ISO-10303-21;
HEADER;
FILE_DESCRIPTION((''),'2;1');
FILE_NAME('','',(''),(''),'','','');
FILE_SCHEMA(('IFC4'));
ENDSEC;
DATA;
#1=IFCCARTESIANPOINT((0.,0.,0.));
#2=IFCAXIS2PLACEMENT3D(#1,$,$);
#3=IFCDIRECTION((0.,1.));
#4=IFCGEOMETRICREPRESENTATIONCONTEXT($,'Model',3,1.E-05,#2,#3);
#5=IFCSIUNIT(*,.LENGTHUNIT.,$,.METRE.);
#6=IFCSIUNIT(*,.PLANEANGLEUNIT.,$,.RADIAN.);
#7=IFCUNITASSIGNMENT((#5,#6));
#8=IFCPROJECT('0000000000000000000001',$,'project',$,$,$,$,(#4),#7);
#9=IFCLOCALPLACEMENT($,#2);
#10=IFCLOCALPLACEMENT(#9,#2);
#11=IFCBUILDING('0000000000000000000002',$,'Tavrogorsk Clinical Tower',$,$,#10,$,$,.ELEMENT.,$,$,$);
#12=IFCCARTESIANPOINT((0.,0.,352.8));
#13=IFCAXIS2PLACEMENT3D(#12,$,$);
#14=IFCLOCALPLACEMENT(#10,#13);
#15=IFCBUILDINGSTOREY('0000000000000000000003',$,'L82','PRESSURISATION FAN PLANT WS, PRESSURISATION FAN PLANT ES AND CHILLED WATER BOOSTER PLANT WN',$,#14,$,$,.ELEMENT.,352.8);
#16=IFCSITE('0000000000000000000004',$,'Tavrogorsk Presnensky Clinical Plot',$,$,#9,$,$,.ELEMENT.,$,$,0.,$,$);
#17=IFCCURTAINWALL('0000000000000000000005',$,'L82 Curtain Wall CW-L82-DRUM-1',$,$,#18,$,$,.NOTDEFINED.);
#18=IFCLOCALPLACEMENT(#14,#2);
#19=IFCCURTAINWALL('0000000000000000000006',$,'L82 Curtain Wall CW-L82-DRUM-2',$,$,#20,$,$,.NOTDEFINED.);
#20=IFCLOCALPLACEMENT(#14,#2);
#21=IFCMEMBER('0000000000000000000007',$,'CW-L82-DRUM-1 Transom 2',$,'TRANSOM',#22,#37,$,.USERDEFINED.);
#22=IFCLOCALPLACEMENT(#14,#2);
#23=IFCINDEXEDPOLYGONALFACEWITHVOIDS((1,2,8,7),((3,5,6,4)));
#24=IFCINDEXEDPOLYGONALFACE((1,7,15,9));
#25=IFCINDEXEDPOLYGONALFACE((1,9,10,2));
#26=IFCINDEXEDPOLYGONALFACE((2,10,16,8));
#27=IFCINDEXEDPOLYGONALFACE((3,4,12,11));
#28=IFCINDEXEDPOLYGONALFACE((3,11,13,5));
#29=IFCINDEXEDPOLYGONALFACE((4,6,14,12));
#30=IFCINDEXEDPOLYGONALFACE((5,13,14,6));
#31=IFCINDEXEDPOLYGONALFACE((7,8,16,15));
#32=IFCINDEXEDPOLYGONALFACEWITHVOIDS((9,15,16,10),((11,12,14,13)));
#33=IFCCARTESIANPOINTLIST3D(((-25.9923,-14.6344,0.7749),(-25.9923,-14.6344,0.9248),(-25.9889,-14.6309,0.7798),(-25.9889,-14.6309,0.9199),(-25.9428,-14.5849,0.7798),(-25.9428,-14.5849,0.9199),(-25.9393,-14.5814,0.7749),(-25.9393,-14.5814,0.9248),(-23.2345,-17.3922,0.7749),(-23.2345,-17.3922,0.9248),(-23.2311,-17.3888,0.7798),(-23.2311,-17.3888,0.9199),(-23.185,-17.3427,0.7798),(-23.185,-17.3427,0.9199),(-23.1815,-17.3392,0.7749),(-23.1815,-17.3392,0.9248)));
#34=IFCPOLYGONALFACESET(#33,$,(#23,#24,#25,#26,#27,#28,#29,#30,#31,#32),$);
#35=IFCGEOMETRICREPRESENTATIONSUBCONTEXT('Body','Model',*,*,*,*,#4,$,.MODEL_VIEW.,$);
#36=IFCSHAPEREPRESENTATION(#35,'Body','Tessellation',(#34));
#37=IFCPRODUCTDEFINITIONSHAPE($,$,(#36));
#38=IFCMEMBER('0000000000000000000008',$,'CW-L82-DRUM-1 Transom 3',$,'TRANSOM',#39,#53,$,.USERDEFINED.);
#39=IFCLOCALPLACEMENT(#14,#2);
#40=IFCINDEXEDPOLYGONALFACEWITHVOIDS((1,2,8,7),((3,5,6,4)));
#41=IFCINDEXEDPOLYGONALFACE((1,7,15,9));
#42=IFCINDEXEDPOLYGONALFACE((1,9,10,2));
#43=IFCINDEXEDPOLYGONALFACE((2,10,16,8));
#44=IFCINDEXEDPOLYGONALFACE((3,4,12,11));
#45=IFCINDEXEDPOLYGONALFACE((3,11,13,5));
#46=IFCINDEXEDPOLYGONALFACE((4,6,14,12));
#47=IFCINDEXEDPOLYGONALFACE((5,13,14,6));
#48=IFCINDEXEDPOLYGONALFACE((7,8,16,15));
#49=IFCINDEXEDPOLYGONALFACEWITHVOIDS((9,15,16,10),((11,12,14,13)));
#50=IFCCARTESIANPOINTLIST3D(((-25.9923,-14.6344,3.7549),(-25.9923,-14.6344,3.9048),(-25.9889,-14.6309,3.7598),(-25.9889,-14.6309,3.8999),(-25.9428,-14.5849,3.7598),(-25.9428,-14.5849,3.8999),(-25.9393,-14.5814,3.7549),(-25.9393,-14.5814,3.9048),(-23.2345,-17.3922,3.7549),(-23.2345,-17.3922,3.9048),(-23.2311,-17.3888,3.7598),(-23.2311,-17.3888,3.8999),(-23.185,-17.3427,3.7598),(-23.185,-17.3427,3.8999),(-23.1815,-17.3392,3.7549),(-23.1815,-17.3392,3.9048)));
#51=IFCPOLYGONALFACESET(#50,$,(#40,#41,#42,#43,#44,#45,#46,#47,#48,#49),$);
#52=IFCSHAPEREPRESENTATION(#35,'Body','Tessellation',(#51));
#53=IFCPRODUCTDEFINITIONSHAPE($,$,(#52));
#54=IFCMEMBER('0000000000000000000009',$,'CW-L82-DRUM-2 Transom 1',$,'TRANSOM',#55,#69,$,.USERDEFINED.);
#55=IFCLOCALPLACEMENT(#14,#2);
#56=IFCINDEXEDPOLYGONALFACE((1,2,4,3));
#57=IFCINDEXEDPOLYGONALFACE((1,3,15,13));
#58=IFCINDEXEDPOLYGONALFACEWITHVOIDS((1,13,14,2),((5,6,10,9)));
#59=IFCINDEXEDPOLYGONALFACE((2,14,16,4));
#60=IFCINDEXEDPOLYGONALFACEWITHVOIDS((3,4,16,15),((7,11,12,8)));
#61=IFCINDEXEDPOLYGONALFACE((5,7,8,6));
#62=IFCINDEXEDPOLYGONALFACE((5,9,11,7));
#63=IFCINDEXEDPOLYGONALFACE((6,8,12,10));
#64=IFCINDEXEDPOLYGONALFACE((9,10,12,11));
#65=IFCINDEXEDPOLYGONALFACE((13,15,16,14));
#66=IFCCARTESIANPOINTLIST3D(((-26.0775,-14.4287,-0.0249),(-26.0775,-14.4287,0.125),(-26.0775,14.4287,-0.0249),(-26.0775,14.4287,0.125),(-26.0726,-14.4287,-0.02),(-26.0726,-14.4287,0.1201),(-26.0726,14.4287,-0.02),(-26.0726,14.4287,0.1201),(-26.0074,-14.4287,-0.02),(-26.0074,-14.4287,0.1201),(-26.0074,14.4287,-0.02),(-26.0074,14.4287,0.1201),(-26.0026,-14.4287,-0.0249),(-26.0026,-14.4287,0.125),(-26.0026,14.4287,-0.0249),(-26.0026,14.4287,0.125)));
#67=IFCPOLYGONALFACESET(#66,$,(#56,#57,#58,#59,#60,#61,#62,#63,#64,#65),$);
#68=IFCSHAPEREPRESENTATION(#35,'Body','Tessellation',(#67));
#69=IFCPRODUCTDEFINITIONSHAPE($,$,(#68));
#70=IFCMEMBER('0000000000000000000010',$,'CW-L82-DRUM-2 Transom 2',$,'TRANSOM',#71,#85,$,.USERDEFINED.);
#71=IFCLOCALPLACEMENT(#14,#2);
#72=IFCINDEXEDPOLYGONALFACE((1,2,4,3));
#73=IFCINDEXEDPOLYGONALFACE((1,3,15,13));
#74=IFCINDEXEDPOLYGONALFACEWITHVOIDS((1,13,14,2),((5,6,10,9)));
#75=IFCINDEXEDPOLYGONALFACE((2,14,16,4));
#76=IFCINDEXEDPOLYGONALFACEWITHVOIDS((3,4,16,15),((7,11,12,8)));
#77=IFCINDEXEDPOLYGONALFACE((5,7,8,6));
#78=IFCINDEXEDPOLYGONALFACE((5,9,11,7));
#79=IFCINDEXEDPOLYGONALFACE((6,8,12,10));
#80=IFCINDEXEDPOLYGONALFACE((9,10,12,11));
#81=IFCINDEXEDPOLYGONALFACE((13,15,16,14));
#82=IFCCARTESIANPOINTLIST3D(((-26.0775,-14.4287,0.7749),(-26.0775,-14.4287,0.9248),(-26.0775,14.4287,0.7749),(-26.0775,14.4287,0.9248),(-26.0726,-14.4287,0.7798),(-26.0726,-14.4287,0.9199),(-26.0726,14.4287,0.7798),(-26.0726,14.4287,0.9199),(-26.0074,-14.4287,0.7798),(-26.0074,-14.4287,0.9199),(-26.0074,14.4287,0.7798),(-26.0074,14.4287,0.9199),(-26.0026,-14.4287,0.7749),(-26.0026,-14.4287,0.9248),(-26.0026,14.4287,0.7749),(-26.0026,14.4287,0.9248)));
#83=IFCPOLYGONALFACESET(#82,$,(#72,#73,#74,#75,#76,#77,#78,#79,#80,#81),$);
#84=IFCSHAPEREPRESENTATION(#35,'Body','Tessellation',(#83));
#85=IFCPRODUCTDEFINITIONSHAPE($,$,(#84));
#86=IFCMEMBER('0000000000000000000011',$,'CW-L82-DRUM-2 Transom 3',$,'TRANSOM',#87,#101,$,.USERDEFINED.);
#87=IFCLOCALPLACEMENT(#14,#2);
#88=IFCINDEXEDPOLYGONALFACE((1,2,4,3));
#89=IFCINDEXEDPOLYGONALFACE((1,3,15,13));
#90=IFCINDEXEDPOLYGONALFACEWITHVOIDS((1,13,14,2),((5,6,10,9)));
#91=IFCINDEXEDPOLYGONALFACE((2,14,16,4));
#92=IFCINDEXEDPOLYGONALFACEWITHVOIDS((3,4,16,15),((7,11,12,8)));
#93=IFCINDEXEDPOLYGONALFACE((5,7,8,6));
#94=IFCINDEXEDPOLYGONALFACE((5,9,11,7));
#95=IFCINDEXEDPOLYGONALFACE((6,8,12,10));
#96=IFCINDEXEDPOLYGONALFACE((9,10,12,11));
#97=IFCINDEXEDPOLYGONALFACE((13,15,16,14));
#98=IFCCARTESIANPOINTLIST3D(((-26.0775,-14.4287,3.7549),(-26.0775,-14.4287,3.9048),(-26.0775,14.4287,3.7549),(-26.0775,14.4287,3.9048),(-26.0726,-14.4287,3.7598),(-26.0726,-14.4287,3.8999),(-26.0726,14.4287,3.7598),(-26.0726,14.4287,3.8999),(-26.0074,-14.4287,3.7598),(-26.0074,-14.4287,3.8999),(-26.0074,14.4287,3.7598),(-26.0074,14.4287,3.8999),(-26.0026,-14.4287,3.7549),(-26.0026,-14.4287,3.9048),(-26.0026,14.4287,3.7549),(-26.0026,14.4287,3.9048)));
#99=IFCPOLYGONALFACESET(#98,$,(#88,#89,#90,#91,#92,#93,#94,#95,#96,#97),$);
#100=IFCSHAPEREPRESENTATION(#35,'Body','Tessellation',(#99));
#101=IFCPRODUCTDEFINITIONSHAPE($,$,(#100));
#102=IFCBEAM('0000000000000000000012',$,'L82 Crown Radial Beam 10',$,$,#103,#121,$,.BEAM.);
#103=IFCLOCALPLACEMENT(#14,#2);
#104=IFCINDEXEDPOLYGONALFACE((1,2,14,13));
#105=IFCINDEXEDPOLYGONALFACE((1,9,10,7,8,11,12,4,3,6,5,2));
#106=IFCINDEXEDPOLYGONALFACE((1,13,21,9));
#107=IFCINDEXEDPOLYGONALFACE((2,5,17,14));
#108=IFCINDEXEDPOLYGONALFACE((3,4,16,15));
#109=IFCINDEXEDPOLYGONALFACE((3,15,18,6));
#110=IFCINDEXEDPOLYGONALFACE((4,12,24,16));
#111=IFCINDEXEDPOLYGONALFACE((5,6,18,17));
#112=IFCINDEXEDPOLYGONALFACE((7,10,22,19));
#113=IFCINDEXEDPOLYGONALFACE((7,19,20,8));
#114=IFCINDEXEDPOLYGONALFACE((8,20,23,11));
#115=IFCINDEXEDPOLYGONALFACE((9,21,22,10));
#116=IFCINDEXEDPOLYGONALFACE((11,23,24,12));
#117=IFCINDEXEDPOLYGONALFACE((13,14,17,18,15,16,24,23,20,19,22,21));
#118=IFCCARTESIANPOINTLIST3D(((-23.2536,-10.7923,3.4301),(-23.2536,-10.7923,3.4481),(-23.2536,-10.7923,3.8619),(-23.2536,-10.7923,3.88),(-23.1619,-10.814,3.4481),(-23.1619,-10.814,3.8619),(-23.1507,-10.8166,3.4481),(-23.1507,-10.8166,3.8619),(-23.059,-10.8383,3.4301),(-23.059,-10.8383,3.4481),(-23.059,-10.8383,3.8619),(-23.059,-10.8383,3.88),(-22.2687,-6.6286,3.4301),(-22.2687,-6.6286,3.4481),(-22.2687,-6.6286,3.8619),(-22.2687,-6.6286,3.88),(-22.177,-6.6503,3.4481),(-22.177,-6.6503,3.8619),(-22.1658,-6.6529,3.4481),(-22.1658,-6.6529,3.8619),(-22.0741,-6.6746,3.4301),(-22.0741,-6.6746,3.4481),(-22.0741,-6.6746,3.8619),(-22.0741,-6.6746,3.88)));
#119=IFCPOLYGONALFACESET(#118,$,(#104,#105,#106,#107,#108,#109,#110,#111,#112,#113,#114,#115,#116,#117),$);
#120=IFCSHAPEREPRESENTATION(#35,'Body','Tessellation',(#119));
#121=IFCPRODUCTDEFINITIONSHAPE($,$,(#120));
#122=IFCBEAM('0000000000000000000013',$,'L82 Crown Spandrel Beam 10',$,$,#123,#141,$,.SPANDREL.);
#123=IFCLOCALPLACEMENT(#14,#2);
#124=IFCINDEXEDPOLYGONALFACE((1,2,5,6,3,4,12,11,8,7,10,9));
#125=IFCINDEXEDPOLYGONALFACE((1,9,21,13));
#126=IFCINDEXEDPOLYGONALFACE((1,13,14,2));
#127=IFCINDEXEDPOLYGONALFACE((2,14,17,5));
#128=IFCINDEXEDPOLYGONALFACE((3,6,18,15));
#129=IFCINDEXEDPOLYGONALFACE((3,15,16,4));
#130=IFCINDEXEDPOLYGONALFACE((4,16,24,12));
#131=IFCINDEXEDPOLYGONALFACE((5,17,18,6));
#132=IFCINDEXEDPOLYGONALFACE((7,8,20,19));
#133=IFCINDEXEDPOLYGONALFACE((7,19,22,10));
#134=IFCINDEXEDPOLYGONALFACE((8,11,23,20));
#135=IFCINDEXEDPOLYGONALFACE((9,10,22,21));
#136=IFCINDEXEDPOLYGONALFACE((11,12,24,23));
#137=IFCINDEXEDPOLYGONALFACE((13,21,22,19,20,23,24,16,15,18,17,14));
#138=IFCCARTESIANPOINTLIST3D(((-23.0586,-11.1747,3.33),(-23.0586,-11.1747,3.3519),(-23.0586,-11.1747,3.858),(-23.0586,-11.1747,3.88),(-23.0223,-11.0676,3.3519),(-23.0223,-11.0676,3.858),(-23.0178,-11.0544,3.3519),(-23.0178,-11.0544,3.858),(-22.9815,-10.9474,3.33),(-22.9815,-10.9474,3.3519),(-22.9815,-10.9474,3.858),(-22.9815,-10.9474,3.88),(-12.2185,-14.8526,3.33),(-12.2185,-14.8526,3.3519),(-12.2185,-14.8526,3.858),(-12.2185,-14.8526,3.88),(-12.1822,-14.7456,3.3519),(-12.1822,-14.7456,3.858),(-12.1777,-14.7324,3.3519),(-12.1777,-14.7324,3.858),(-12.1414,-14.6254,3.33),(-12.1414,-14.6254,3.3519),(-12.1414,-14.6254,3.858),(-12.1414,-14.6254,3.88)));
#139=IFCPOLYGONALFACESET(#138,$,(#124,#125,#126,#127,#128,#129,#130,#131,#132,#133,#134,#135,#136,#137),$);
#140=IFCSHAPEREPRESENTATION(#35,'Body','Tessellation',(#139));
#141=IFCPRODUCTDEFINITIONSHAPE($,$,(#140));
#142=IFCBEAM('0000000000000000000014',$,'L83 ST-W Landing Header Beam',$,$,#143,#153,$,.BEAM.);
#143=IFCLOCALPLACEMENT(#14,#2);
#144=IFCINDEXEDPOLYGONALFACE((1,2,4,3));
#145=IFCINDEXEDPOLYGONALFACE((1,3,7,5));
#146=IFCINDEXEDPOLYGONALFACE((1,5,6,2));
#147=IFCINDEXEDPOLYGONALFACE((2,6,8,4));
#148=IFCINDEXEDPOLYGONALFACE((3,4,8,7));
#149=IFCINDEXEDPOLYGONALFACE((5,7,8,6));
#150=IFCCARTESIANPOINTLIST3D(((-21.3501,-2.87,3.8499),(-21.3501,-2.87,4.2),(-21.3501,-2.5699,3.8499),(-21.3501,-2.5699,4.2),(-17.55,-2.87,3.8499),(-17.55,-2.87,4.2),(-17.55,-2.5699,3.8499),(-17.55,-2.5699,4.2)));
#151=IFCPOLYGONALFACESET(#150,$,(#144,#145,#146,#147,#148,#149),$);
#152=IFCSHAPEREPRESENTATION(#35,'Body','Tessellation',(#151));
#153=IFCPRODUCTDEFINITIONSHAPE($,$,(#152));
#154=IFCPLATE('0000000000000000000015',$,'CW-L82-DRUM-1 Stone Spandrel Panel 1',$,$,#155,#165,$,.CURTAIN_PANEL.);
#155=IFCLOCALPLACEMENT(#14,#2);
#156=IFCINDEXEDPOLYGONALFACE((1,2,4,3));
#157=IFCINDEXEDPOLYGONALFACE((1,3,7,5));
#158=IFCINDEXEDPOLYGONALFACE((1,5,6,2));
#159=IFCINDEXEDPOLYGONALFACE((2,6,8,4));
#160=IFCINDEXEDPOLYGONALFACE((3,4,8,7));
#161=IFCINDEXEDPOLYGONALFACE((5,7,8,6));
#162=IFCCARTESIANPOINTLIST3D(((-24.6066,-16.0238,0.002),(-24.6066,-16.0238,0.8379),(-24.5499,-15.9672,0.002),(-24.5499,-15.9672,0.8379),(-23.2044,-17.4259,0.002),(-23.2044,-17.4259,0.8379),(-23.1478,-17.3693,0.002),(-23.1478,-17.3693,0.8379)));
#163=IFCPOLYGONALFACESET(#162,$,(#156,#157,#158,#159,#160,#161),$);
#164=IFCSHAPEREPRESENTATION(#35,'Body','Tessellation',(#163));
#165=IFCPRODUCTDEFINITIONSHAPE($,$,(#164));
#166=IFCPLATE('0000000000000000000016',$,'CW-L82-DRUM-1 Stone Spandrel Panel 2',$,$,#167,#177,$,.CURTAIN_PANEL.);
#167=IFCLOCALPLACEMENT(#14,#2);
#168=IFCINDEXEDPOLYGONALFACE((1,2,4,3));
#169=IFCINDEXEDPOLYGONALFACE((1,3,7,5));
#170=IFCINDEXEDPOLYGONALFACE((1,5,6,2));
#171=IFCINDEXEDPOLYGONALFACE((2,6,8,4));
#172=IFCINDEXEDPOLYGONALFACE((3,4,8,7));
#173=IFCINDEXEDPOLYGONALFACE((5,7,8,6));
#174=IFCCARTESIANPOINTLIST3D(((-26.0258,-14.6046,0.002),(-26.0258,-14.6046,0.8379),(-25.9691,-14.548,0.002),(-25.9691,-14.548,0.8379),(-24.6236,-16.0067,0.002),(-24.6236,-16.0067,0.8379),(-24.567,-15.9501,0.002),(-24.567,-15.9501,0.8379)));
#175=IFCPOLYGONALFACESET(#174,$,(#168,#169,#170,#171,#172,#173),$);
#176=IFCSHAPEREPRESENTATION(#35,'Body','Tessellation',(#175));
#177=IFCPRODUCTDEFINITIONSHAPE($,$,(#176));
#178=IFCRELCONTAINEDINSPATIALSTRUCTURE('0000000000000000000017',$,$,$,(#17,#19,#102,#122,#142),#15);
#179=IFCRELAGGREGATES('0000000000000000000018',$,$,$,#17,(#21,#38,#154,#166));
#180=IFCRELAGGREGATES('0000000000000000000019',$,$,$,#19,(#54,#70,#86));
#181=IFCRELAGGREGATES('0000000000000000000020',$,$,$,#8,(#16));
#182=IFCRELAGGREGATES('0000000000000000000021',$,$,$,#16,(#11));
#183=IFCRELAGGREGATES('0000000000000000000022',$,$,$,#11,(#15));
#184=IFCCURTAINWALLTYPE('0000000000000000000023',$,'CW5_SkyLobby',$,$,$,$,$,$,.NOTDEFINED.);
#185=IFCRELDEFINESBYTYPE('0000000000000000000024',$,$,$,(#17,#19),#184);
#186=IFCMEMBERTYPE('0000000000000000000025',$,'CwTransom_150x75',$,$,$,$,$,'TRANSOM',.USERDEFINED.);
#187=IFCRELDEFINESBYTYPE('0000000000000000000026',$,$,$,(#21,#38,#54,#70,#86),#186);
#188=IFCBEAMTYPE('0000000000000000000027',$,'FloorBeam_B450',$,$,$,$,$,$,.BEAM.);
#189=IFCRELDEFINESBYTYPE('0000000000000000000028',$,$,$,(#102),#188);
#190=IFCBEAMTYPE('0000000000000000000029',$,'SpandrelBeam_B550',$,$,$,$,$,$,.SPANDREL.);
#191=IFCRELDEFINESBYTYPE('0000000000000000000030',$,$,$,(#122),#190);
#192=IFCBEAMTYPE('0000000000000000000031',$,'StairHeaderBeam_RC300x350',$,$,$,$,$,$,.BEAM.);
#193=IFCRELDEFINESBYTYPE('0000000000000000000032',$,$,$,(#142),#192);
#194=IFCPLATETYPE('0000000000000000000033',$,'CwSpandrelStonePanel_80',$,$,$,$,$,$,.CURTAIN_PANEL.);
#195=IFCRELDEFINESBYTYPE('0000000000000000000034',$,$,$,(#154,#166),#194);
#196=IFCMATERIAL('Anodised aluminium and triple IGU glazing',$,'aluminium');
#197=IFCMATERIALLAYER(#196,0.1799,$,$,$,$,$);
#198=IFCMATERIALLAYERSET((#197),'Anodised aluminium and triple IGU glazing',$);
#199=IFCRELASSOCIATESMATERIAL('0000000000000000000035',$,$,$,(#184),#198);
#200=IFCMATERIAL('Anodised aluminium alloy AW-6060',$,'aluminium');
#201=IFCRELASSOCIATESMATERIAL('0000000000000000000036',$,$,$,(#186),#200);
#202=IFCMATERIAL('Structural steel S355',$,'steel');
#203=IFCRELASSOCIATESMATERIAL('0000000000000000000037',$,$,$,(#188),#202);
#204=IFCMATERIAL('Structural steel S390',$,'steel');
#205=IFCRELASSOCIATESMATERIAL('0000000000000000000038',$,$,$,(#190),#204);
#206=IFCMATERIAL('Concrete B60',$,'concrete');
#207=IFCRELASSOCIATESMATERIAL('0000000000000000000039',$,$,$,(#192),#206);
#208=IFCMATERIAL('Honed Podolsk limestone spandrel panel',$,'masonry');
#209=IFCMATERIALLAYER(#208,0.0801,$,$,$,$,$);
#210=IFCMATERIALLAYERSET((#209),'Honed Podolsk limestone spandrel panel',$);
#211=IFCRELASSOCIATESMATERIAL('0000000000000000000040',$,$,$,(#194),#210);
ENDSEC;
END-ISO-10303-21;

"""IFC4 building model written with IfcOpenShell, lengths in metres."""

from ifc_helpers import new_model, si_unit, direction, frame, origin, origin_2d, place, context, subcontext, project, spatial, rectangle, hollow_rectangle, i_section, extrude, material, layer, layer_set, material_profile, profile_set, type_object, element, aggregate, save


model = new_model("IFC4")

# Units and contexts
model_context = context("Model", 3, precision=1e-05, world=origin(), true_north=direction((0.0, 1.0)))
body_context = subcontext(model_context, "Body", "Model", "MODEL_VIEW")
ifc_project = project(units=[si_unit("LENGTHUNIT", "METRE"), si_unit("PLANEANGLEUNIT", "RADIAN")], contexts=[model_context])

# Site, building, storey
site_placement = place(None, origin())
site = spatial("IfcSite", under=ifc_project, at=site_placement, Name="Tavrogorsk Presnensky Clinical Plot", CompositionType="ELEMENT", RefElevation=0.0)
building_placement = place(site_placement, origin())
building = spatial("IfcBuilding", under=site, at=building_placement, Name="Tavrogorsk Clinical Tower", CompositionType="ELEMENT")
storey_placement = place(building_placement, frame((0.0, 0.0, 352.8)))
storey = spatial("IfcBuildingStorey", under=building, at=storey_placement, Name="L82", Description="PRESSURISATION FAN PLANT WS, PRESSURISATION FAN PLANT ES AND CHILLED WATER BOOSTER PLANT WN", CompositionType="ELEMENT", Elevation=352.8)

# Curtain walls
ifc_material_1 = material(Name="Anodised aluminium and triple IGU glazing", Category="aluminium")
ifc_layer_1 = layer(ifc_material_1, 0.1799)
ifc_layer_set_1 = layer_set([ifc_layer_1], Name="Anodised aluminium and triple IGU glazing")
curtain_wall_type = type_object("IfcCurtainWallType", Name="CW5_SkyLobby", PredefinedType="NOTDEFINED", material=ifc_layer_set_1)
curtain_wall_1_placement = place(storey_placement, origin())
curtain_wall_1 = element("IfcCurtainWall", 1, at=curtain_wall_1_placement, inside=storey, type_object=curtain_wall_type, Name="L82 Curtain Wall CW-L82-DRUM-1", PredefinedType="NOTDEFINED")
curtain_wall_2_placement = place(storey_placement, origin())
curtain_wall_2 = element("IfcCurtainWall", 2, at=curtain_wall_2_placement, inside=storey, type_object=curtain_wall_type, Name="L82 Curtain Wall CW-L82-DRUM-2", PredefinedType="NOTDEFINED")

# Members
ifc_material_2 = material(Name="Anodised aluminium alloy AW-6060", Category="aluminium")
ifc_material_profile_1 = material_profile(ifc_material_2, hollow_rectangle(XDim=0.075, YDim=0.1499, WallThickness=0.0049, at=origin_2d()), Name="RHS-150x75x5")
ifc_profile_set_1 = profile_set([ifc_material_profile_1], Name="Anodised aluminium alloy AW-6060")
member_type_1 = type_object("IfcMemberType", Name="CwTransom_150x75", ElementType="TRANSOM", PredefinedType="USERDEFINED", material=ifc_profile_set_1)
member_1_placement = place(storey_placement, frame((-23.208, -17.3657, 0.8499), z_axis=(-0.707107, 0.707107, 0.0), x_axis=(-0.707107, -0.707107, 0.0)))
member_1 = element("IfcMember", 3, at=member_1_placement, type_object=member_type_1, Name="CW-L82-DRUM-1 Transom 2", ObjectType="TRANSOM", PredefinedType="USERDEFINED", context=body_context, shape_type="SweptSolid", body=[
    extrude(hollow_rectangle(XDim=0.075, YDim=0.1499, WallThickness=0.0049, at=origin_2d()), origin(), (0.0, 0.0, 1.0), 3.9001),
])
member_2_placement = place(storey_placement, frame((-23.208, -17.3657, 3.8298), z_axis=(-0.707107, 0.707107, 0.0), x_axis=(-0.707107, -0.707107, 0.0)))
member_2 = element("IfcMember", 4, at=member_2_placement, type_object=member_type_1, Name="CW-L82-DRUM-1 Transom 3", ObjectType="TRANSOM", PredefinedType="USERDEFINED", context=body_context, shape_type="SweptSolid", body=[
    extrude(hollow_rectangle(XDim=0.075, YDim=0.1499, WallThickness=0.0049, at=origin_2d()), origin(), (0.0, 0.0, 1.0), 3.9001),
])
member_3_placement = place(storey_placement, frame((-26.04, -14.4287, 0.05), z_axis=(0.0, 1.0, 0.0), x_axis=(-1.0, 0.0, 0.0)))
member_3 = element("IfcMember", 5, at=member_3_placement, type_object=member_type_1, Name="CW-L82-DRUM-2 Transom 1", ObjectType="TRANSOM", PredefinedType="USERDEFINED", context=body_context, shape_type="SweptSolid", body=[
    extrude(hollow_rectangle(XDim=0.075, YDim=0.1499, WallThickness=0.0049, at=origin_2d()), origin(), (0.0, 0.0, 1.0), 28.8574),
])
member_4_placement = place(storey_placement, frame((-26.04, -14.4287, 0.8499), z_axis=(0.0, 1.0, 0.0), x_axis=(-1.0, 0.0, 0.0)))
member_4 = element("IfcMember", 6, at=member_4_placement, type_object=member_type_1, Name="CW-L82-DRUM-2 Transom 2", ObjectType="TRANSOM", PredefinedType="USERDEFINED", context=body_context, shape_type="SweptSolid", body=[
    extrude(hollow_rectangle(XDim=0.075, YDim=0.1499, WallThickness=0.0049, at=origin_2d()), origin(), (0.0, 0.0, 1.0), 28.8574),
])
member_5_placement = place(storey_placement, frame((-26.04, -14.4287, 3.8298), z_axis=(0.0, 1.0, 0.0), x_axis=(-1.0, 0.0, 0.0)))
member_5 = element("IfcMember", 7, at=member_5_placement, type_object=member_type_1, Name="CW-L82-DRUM-2 Transom 3", ObjectType="TRANSOM", PredefinedType="USERDEFINED", context=body_context, shape_type="SweptSolid", body=[
    extrude(hollow_rectangle(XDim=0.075, YDim=0.1499, WallThickness=0.0049, at=origin_2d()), origin(), (0.0, 0.0, 1.0), 28.8574),
])

# Beams
ifc_material_3 = material(Name="Structural steel S355", Category="steel")
ifc_material_profile_2 = material_profile(ifc_material_3, i_section(OverallWidth=0.2, OverallDepth=0.45, WebThickness=0.0115, FlangeThickness=0.0181, at=origin_2d()), Name="B-450x200x11.5x18")
ifc_profile_set_2 = profile_set([ifc_material_profile_2], Name="Structural steel S355")
beam_type_1 = type_object("IfcBeamType", Name="FloorBeam_B450", PredefinedType="BEAM", material=ifc_profile_set_2)
beam_1_placement = place(storey_placement, frame((-22.1714, -6.6516, 3.655), z_axis=(-0.230191, -0.973146, 0.0), x_axis=(0.973146, -0.230191, 0.0)))
element("IfcBeam", 8, at=beam_1_placement, inside=storey, type_object=beam_type_1, Name="L82 Crown Radial Beam 10", PredefinedType="BEAM", context=body_context, shape_type="SweptSolid", body=[
    extrude(i_section(OverallWidth=0.2, OverallDepth=0.45, WebThickness=0.0115, FlangeThickness=0.0181, at=origin_2d()), origin(), (0.0, 0.0, 1.0), 4.2786),
])
ifc_material_4 = material(Name="Structural steel S390", Category="steel")
ifc_material_profile_3 = material_profile(ifc_material_4, i_section(OverallWidth=0.24, OverallDepth=0.55, WebThickness=0.0139, FlangeThickness=0.022, at=origin_2d()), Name="B-550x240x14x22")
ifc_profile_set_3 = profile_set([ifc_material_profile_3], Name="Structural steel S390")
beam_type_2 = type_object("IfcBeamType", Name="SpandrelBeam_B550", PredefinedType="SPANDREL", material=ifc_profile_set_3)
beam_2_placement = place(storey_placement, frame((-23.02, -11.061, 3.605), z_axis=(0.946976, -0.321304, 0.0), x_axis=(0.321304, 0.946976, 0.0)))
element("IfcBeam", 9, at=beam_2_placement, inside=storey, type_object=beam_type_2, Name="L82 Crown Spandrel Beam 10", PredefinedType="SPANDREL", context=body_context, shape_type="SweptSolid", body=[
    extrude(i_section(OverallWidth=0.24, OverallDepth=0.55, WebThickness=0.0139, FlangeThickness=0.022, at=origin_2d()), origin(), (0.0, 0.0, 1.0), 11.447),
])
ifc_material_5 = material(Name="Concrete B60", Category="concrete")
ifc_material_profile_4 = material_profile(ifc_material_5, rectangle(XDim=0.3, YDim=0.3501, at=origin_2d()), Name="RC-SHB-300x350")
ifc_profile_set_4 = profile_set([ifc_material_profile_4], Name="Concrete B60")
beam_type_3 = type_object("IfcBeamType", Name="StairHeaderBeam_RC300x350", PredefinedType="BEAM", material=ifc_profile_set_4)
beam_3_placement = place(storey_placement, frame((-21.3501, -2.72, 4.0249), z_axis=(1.0, 0.0, 0.0), x_axis=(0.0, 1.0, 0.0)))
element("IfcBeam", 10, at=beam_3_placement, inside=storey, type_object=beam_type_3, Name="L83 ST-W Landing Header Beam", PredefinedType="BEAM", context=body_context, shape_type="SweptSolid", body=[
    extrude(rectangle(XDim=0.3, YDim=0.3501, at=origin_2d()), origin(), (0.0, 0.0, 1.0), 3.8),
])

# Plates
ifc_material_6 = material(Name="Honed Podolsk limestone spandrel panel", Category="masonry")
ifc_layer_2 = layer(ifc_material_6, 0.0801)
ifc_layer_set_2 = layer_set([ifc_layer_2], Name="Honed Podolsk limestone spandrel panel")
plate_type_1 = type_object("IfcPlateType", Name="CwSpandrelStonePanel_80", PredefinedType="CURTAIN_PANEL", material=ifc_layer_set_2)
plate_1_placement = place(storey_placement, frame((-23.8772, -16.6965, 0.002), z_axis=(0.0, 0.0, 1.0), x_axis=(-0.707107, 0.707107, 0.0)))
plate_1 = element("IfcPlate", 11, at=plate_1_placement, type_object=plate_type_1, Name="CW-L82-DRUM-1 Stone Spandrel Panel 1", PredefinedType="CURTAIN_PANEL", context=body_context, shape_type="SweptSolid", body=[
    extrude(rectangle(XDim=1.9829, YDim=0.0801, at=origin_2d()), origin(), (0.0, 0.0, 1.0), 0.8359),
])
plate_2_placement = place(storey_placement, frame((-25.2964, -15.2773, 0.002), z_axis=(0.0, 0.0, 1.0), x_axis=(-0.707107, 0.707107, 0.0)))
plate_2 = element("IfcPlate", 12, at=plate_2_placement, type_object=plate_type_1, Name="CW-L82-DRUM-1 Stone Spandrel Panel 2", PredefinedType="CURTAIN_PANEL", context=body_context, shape_type="SweptSolid", body=[
    extrude(rectangle(XDim=1.9829, YDim=0.0801, at=origin_2d()), origin(), (0.0, 0.0, 1.0), 0.8359),
])
aggregate(curtain_wall_1, [member_1, member_2, plate_1, plate_2])
aggregate(curtain_wall_2, [member_3, member_4, member_5])

save(model, "model.ifc")
